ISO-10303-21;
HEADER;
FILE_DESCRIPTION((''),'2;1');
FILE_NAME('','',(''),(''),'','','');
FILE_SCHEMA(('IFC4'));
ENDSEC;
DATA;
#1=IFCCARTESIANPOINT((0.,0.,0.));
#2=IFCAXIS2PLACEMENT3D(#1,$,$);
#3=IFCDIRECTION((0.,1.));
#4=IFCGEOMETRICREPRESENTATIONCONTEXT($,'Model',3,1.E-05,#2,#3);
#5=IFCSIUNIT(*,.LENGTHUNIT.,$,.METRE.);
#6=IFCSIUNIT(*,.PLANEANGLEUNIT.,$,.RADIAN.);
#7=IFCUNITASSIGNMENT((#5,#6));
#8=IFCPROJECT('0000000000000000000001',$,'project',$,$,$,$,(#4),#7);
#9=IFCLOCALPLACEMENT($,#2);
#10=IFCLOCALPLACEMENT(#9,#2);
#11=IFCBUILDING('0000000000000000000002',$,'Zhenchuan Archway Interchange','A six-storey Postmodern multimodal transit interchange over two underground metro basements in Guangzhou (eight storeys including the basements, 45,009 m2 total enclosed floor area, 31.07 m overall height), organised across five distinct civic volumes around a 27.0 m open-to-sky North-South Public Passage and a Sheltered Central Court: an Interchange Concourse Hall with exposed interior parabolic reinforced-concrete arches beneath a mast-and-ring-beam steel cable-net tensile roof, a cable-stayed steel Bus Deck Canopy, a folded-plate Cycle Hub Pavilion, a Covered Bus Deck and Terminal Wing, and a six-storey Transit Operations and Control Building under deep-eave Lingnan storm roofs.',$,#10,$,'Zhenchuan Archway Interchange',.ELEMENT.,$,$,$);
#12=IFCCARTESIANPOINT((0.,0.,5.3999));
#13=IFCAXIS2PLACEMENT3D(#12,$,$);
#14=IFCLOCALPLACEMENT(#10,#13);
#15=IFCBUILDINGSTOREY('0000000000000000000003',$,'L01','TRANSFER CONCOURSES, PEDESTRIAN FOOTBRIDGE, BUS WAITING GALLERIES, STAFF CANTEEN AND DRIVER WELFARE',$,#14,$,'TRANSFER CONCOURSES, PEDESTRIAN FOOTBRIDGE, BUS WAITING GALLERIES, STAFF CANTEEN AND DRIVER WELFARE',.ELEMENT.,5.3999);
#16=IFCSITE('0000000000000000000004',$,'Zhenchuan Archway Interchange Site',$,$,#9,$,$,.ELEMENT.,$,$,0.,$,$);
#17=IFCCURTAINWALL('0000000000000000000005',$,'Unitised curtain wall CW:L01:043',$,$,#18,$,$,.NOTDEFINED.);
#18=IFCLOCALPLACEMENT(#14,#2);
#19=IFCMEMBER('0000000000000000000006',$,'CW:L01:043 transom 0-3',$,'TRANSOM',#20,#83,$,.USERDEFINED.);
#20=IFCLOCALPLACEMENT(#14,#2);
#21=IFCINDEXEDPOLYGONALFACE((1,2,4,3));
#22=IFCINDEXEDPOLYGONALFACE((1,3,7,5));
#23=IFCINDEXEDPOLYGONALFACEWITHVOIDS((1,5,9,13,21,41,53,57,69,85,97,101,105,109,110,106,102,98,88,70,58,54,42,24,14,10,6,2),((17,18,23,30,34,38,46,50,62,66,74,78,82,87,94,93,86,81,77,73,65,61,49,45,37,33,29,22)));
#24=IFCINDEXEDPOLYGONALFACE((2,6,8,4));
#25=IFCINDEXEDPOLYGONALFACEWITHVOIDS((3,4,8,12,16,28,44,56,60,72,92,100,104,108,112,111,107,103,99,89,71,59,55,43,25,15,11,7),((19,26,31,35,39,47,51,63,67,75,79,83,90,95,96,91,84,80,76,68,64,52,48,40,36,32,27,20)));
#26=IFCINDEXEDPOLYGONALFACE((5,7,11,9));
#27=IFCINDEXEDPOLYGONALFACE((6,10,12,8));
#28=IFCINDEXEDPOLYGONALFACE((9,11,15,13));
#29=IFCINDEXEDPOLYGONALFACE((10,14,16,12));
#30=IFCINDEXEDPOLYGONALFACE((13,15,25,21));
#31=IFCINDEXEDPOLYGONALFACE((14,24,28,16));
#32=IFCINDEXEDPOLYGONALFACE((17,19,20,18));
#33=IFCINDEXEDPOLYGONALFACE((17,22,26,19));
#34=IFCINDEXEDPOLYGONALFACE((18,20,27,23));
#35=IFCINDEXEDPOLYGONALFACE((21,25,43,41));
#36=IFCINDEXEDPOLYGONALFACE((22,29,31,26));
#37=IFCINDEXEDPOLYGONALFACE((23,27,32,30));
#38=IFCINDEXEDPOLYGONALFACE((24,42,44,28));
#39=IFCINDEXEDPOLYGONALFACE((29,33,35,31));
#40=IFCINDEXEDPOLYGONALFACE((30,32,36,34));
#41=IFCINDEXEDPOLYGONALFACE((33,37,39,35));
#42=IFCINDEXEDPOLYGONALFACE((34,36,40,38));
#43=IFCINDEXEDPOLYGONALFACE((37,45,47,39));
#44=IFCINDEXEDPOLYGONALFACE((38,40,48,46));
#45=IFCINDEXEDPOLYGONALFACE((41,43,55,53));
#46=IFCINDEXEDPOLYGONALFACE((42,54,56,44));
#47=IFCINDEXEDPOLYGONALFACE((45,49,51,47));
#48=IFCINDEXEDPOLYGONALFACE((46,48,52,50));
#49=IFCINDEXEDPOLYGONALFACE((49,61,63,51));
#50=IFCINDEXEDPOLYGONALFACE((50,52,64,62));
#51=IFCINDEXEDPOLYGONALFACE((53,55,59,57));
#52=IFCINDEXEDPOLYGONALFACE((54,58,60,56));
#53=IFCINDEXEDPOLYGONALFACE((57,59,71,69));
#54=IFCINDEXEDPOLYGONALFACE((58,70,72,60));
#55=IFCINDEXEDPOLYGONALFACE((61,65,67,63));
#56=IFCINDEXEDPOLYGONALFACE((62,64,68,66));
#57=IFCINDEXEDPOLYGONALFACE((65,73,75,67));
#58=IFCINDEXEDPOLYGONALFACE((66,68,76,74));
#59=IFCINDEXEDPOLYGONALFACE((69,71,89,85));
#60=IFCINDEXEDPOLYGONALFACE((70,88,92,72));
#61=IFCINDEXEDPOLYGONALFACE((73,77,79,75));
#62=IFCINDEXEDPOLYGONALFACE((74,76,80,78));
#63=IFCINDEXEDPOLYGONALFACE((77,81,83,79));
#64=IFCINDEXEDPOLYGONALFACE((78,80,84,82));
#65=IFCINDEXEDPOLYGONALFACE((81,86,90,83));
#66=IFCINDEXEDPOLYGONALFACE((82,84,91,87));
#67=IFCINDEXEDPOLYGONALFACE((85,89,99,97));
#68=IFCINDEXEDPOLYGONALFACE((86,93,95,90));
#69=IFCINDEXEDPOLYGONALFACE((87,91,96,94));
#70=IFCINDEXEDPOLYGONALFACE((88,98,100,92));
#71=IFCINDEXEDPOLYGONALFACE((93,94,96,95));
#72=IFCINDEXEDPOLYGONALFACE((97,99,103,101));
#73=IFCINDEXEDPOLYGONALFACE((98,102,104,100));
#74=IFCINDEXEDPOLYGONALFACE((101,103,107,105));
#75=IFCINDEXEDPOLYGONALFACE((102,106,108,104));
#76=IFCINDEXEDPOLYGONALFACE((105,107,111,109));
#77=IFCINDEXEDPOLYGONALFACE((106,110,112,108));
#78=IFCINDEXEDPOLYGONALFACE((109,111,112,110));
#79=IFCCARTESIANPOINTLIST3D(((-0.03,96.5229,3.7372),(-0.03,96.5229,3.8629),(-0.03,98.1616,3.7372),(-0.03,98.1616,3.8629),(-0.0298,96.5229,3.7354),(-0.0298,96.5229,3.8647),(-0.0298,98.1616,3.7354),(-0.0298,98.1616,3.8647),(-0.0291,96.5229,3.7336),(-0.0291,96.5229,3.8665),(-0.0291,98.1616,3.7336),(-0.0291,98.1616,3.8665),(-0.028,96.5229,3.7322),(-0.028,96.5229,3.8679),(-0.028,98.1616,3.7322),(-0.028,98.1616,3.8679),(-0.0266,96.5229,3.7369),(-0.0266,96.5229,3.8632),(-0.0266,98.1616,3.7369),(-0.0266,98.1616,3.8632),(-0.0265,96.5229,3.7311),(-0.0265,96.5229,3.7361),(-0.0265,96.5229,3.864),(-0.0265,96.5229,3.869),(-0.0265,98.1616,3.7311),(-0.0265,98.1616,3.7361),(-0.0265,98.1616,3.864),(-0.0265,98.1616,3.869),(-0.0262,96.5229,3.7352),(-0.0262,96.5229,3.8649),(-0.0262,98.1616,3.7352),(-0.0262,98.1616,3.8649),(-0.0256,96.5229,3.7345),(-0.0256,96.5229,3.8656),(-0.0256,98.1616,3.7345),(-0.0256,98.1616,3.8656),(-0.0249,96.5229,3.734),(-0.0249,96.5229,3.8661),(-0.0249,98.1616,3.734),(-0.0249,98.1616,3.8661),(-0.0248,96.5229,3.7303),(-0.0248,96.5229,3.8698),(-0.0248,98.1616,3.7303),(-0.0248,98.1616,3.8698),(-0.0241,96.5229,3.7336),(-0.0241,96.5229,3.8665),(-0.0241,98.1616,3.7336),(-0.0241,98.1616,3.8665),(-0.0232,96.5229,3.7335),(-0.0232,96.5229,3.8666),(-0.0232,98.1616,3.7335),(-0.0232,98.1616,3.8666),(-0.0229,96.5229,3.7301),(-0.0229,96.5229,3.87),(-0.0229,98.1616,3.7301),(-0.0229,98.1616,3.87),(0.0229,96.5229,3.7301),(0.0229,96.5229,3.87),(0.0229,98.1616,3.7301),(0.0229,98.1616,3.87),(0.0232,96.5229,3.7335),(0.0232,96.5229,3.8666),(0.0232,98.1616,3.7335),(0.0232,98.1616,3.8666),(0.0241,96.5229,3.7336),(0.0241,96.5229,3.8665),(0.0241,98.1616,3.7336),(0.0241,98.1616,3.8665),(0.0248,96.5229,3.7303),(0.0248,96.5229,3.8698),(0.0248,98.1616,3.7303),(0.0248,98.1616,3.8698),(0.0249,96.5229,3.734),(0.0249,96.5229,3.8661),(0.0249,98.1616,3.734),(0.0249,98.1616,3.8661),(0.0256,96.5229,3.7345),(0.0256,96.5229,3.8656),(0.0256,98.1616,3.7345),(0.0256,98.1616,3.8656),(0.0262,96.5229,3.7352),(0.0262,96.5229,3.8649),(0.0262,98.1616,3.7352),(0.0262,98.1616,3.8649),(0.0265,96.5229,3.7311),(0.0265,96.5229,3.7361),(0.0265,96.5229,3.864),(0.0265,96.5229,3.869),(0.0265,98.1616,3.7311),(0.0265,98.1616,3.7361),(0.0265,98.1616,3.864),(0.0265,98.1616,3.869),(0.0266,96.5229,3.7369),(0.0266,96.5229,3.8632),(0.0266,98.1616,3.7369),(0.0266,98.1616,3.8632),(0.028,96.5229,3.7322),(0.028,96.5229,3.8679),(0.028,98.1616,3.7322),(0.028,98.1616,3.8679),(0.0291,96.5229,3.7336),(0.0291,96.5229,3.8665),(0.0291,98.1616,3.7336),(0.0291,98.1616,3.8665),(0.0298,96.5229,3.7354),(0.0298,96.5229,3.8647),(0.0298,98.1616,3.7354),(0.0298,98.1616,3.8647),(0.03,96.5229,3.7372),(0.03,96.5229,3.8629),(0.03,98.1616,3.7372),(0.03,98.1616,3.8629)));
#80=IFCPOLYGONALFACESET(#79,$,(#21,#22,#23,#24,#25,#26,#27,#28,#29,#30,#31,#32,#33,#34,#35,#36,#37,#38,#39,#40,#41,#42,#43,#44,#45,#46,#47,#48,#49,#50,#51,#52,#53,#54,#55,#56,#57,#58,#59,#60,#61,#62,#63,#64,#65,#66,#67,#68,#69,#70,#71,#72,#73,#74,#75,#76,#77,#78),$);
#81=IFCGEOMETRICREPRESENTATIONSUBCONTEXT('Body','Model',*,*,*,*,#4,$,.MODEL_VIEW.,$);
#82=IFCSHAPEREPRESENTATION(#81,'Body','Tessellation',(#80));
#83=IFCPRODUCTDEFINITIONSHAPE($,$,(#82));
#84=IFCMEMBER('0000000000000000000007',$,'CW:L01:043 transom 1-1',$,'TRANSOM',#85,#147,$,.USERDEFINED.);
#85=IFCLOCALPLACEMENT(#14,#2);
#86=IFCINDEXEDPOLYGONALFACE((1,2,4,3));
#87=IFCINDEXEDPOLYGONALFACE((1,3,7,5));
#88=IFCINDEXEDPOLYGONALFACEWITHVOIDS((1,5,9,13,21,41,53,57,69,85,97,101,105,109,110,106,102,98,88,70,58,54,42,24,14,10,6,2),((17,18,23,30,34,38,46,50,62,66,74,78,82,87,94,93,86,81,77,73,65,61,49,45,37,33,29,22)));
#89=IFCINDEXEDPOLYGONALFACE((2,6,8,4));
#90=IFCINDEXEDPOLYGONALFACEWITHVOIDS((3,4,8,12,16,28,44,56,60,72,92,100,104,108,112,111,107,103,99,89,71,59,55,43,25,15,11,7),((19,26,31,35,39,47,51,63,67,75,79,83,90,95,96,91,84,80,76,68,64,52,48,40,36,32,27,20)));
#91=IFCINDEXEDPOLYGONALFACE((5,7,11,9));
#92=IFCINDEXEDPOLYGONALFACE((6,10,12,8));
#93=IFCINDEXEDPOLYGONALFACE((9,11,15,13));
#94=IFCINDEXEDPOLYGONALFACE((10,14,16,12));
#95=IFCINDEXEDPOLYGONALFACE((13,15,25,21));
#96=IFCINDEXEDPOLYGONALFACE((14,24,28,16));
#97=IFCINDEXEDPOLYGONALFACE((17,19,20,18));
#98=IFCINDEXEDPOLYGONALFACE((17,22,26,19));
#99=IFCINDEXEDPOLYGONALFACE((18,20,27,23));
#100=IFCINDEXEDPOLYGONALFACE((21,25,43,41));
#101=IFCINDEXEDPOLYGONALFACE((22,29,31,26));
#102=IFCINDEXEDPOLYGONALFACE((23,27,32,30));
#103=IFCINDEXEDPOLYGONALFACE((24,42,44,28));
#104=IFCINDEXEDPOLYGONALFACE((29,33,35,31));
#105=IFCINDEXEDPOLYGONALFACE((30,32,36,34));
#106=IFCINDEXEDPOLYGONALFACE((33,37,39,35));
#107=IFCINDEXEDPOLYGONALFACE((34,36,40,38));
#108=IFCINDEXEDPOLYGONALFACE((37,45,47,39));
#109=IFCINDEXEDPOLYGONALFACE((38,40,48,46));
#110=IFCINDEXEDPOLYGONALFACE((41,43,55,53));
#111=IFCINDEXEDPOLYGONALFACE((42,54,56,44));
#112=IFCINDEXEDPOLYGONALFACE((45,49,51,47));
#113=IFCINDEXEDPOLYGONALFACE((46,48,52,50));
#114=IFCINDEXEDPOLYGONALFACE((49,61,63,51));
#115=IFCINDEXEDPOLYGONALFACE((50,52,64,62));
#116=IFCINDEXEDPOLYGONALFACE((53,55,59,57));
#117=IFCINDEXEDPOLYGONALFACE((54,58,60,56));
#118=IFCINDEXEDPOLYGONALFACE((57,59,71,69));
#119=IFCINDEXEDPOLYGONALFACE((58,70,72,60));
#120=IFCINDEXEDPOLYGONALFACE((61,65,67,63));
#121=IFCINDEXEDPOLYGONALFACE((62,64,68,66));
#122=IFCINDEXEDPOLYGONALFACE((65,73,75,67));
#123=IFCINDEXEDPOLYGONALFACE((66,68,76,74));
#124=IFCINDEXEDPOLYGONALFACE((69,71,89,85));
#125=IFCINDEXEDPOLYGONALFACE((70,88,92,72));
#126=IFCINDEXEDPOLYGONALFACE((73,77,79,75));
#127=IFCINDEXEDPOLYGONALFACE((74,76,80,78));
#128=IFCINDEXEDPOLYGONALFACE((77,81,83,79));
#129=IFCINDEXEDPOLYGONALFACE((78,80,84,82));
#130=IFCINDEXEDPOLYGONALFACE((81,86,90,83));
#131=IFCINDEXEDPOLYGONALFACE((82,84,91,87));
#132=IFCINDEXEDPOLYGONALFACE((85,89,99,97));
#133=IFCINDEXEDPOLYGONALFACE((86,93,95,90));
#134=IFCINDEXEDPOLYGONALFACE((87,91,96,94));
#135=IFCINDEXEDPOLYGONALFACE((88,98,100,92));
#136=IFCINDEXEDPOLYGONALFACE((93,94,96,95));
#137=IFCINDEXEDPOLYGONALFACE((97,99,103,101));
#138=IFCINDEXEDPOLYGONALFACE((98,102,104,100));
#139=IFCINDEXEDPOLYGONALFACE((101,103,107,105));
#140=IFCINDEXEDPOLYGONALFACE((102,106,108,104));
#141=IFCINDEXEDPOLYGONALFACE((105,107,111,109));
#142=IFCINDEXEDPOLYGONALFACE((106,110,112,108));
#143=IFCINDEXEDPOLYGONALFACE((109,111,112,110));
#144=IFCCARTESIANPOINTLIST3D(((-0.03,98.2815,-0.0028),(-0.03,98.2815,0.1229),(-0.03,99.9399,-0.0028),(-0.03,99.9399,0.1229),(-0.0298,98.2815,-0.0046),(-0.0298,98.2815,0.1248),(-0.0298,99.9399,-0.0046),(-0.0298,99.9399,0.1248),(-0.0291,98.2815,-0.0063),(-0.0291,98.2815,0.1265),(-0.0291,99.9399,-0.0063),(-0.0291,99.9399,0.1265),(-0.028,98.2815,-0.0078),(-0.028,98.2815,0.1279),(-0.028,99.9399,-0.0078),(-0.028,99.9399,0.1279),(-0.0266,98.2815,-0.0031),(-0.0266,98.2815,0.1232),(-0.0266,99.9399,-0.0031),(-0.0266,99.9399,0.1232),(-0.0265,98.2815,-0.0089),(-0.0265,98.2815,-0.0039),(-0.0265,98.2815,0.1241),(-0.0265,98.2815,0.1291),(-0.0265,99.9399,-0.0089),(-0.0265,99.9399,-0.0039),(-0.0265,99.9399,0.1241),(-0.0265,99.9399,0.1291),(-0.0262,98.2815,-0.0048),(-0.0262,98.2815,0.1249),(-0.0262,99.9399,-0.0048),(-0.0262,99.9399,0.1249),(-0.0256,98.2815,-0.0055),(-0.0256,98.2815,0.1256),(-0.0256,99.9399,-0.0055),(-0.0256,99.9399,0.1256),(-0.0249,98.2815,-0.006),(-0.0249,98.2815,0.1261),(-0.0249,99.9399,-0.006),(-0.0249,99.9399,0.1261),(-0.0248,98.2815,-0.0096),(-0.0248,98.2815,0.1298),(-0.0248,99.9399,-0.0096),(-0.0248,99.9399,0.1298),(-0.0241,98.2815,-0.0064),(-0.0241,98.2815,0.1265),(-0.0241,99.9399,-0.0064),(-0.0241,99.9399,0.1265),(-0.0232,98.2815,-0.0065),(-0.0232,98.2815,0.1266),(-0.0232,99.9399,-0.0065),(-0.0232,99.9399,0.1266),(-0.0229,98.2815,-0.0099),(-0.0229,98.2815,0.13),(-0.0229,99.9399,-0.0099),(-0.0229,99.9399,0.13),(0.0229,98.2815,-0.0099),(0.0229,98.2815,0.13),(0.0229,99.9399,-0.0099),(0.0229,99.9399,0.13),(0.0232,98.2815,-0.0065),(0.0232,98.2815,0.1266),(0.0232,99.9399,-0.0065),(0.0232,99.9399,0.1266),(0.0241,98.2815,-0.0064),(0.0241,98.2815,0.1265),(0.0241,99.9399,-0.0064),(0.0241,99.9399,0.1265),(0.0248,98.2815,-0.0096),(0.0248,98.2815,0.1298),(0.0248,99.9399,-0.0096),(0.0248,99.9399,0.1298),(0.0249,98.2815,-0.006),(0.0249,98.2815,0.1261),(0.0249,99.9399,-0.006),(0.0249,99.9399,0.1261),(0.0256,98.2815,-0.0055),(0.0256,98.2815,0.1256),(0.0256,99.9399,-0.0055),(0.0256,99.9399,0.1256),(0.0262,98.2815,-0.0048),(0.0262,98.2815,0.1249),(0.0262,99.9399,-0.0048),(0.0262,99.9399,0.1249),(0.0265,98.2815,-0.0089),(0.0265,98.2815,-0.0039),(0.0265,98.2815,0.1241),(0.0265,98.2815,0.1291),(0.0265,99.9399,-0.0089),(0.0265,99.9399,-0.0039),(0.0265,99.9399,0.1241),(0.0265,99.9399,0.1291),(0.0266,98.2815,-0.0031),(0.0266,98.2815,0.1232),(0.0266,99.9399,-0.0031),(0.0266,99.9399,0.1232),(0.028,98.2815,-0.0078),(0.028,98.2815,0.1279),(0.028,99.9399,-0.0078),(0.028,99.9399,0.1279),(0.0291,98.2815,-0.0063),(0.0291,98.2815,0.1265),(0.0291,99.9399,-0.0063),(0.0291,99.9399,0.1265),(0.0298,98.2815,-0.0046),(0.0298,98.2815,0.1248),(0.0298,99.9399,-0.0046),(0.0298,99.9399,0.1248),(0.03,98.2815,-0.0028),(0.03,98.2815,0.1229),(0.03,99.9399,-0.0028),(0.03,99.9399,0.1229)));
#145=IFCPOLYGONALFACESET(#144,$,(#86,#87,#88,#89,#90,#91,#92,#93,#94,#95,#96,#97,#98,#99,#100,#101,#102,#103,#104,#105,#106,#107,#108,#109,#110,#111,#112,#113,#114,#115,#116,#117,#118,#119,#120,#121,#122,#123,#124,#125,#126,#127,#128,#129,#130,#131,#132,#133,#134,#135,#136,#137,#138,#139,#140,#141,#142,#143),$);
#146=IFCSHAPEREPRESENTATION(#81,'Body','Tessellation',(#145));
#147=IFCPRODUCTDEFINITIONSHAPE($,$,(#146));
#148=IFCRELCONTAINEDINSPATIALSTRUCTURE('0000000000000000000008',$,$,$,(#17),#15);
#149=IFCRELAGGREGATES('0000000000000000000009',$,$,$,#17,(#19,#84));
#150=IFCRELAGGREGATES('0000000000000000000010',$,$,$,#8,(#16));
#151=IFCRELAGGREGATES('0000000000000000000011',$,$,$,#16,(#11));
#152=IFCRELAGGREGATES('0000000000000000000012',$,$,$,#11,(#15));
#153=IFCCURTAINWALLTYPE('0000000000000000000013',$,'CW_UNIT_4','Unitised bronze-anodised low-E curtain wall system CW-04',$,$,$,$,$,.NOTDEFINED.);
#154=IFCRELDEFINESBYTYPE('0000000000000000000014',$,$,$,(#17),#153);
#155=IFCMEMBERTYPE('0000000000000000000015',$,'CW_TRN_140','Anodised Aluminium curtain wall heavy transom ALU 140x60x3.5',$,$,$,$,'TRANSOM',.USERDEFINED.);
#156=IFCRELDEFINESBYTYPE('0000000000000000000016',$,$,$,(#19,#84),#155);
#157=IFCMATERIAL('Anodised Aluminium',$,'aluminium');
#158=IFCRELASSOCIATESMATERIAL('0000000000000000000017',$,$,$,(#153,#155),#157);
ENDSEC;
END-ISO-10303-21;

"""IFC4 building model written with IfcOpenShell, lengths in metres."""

from ifc_helpers import new_model, si_unit, direction, frame, origin, origin_2d, place, context, subcontext, project, spatial, hollow_rectangle, extrude, material, material_profile, profile_set, type_object, element, aggregate, save


model = new_model("IFC4")

# Units and contexts
model_context = context("Model", 3, precision=1e-05, world=origin(), true_north=direction((0.0, 1.0)))
body_context = subcontext(model_context, "Body", "Model", "MODEL_VIEW")
ifc_project = project(units=[si_unit("LENGTHUNIT", "METRE"), si_unit("PLANEANGLEUNIT", "RADIAN")], contexts=[model_context])

# Site, building, storey
site_placement = place(None, origin())
site = spatial("IfcSite", under=ifc_project, at=site_placement, Name="Zhenchuan Archway Interchange Site", CompositionType="ELEMENT", RefElevation=0.0)
building_placement = place(site_placement, origin())
building = spatial("IfcBuilding", under=site, at=building_placement, Name="Zhenchuan Archway Interchange", Description="A six-storey Postmodern multimodal transit interchange over two underground metro basements in Guangzhou (eight storeys including the basements, 45,009 m2 total enclosed floor area, 31.07 m overall height), organised across five distinct civic volumes around a 27.0 m open-to-sky North-South Public Passage and a Sheltered Central Court: an Interchange Concourse Hall with exposed interior parabolic reinforced-concrete arches beneath a mast-and-ring-beam steel cable-net tensile roof, a cable-stayed steel Bus Deck Canopy, a folded-plate Cycle Hub Pavilion, a Covered Bus Deck and Terminal Wing, and a six-storey Transit Operations and Control Building under deep-eave Lingnan storm roofs.", LongName="Zhenchuan Archway Interchange", CompositionType="ELEMENT")
storey_placement = place(building_placement, frame((0.0, 0.0, 5.3999)))
storey = spatial("IfcBuildingStorey", under=building, at=storey_placement, Name="L01", Description="TRANSFER CONCOURSES, PEDESTRIAN FOOTBRIDGE, BUS WAITING GALLERIES, STAFF CANTEEN AND DRIVER WELFARE", LongName="TRANSFER CONCOURSES, PEDESTRIAN FOOTBRIDGE, BUS WAITING GALLERIES, STAFF CANTEEN AND DRIVER WELFARE", CompositionType="ELEMENT", Elevation=5.3999)

# Curtain wall, members
ifc_material_1 = material(Name="Anodised Aluminium", Category="aluminium")
curtain_wall_type = type_object("IfcCurtainWallType", Name="CW_UNIT_4", Description="Unitised bronze-anodised low-E curtain wall system CW-04", PredefinedType="NOTDEFINED", material=ifc_material_1)
curtain_wall_placement = place(storey_placement, origin())
curtain_wall = element("IfcCurtainWall", 1, at=curtain_wall_placement, inside=storey, type_object=curtain_wall_type, Name="Unitised curtain wall CW:L01:043", PredefinedType="NOTDEFINED")
ifc_material_profile_1 = material_profile(ifc_material_1, hollow_rectangle(XDim=0.0601, YDim=0.1399, WallThickness=0.0034, InnerFilletRadius=0.0034, OuterFilletRadius=0.0071, at=origin_2d()), Name="ALU 140x60x3.5")
ifc_profile_set_1 = profile_set([ifc_material_profile_1], Name="Anodised Aluminium")
member_type_1 = type_object("IfcMemberType", Name="CW_TRN_140", Description="Anodised Aluminium curtain wall heavy transom ALU 140x60x3.5", ElementType="TRANSOM", PredefinedType="USERDEFINED", material=ifc_profile_set_1)
member_1_placement = place(storey_placement, frame((0.0, 96.5229, 3.8), z_axis=(0.0, 1.0, 0.0), x_axis=(-1.0, 0.0, 0.0)))
member_1 = element("IfcMember", 2, at=member_1_placement, type_object=member_type_1, Name="CW:L01:043 transom 0-3", ObjectType="TRANSOM", PredefinedType="USERDEFINED", context=body_context, shape_type="SweptSolid", body=[
    extrude(hollow_rectangle(XDim=0.0601, YDim=0.1399, WallThickness=0.0034, InnerFilletRadius=0.0034, OuterFilletRadius=0.0071, at=origin_2d()), origin(), (0.0, 0.0, 1.0), 1.6387),
])
member_2_placement = place(storey_placement, frame((0.0, 98.2815, 0.0601), z_axis=(0.0, 1.0, 0.0), x_axis=(-1.0, 0.0, 0.0)))
member_2 = element("IfcMember", 3, at=member_2_placement, type_object=member_type_1, Name="CW:L01:043 transom 1-1", ObjectType="TRANSOM", PredefinedType="USERDEFINED", context=body_context, shape_type="SweptSolid", body=[
    extrude(hollow_rectangle(XDim=0.0601, YDim=0.1399, WallThickness=0.0034, InnerFilletRadius=0.0034, OuterFilletRadius=0.0071, at=origin_2d()), origin(), (0.0, 0.0, 1.0), 1.6584),
])

aggregate(curtain_wall, [member_1, member_2])

save(model, "model.ifc")
